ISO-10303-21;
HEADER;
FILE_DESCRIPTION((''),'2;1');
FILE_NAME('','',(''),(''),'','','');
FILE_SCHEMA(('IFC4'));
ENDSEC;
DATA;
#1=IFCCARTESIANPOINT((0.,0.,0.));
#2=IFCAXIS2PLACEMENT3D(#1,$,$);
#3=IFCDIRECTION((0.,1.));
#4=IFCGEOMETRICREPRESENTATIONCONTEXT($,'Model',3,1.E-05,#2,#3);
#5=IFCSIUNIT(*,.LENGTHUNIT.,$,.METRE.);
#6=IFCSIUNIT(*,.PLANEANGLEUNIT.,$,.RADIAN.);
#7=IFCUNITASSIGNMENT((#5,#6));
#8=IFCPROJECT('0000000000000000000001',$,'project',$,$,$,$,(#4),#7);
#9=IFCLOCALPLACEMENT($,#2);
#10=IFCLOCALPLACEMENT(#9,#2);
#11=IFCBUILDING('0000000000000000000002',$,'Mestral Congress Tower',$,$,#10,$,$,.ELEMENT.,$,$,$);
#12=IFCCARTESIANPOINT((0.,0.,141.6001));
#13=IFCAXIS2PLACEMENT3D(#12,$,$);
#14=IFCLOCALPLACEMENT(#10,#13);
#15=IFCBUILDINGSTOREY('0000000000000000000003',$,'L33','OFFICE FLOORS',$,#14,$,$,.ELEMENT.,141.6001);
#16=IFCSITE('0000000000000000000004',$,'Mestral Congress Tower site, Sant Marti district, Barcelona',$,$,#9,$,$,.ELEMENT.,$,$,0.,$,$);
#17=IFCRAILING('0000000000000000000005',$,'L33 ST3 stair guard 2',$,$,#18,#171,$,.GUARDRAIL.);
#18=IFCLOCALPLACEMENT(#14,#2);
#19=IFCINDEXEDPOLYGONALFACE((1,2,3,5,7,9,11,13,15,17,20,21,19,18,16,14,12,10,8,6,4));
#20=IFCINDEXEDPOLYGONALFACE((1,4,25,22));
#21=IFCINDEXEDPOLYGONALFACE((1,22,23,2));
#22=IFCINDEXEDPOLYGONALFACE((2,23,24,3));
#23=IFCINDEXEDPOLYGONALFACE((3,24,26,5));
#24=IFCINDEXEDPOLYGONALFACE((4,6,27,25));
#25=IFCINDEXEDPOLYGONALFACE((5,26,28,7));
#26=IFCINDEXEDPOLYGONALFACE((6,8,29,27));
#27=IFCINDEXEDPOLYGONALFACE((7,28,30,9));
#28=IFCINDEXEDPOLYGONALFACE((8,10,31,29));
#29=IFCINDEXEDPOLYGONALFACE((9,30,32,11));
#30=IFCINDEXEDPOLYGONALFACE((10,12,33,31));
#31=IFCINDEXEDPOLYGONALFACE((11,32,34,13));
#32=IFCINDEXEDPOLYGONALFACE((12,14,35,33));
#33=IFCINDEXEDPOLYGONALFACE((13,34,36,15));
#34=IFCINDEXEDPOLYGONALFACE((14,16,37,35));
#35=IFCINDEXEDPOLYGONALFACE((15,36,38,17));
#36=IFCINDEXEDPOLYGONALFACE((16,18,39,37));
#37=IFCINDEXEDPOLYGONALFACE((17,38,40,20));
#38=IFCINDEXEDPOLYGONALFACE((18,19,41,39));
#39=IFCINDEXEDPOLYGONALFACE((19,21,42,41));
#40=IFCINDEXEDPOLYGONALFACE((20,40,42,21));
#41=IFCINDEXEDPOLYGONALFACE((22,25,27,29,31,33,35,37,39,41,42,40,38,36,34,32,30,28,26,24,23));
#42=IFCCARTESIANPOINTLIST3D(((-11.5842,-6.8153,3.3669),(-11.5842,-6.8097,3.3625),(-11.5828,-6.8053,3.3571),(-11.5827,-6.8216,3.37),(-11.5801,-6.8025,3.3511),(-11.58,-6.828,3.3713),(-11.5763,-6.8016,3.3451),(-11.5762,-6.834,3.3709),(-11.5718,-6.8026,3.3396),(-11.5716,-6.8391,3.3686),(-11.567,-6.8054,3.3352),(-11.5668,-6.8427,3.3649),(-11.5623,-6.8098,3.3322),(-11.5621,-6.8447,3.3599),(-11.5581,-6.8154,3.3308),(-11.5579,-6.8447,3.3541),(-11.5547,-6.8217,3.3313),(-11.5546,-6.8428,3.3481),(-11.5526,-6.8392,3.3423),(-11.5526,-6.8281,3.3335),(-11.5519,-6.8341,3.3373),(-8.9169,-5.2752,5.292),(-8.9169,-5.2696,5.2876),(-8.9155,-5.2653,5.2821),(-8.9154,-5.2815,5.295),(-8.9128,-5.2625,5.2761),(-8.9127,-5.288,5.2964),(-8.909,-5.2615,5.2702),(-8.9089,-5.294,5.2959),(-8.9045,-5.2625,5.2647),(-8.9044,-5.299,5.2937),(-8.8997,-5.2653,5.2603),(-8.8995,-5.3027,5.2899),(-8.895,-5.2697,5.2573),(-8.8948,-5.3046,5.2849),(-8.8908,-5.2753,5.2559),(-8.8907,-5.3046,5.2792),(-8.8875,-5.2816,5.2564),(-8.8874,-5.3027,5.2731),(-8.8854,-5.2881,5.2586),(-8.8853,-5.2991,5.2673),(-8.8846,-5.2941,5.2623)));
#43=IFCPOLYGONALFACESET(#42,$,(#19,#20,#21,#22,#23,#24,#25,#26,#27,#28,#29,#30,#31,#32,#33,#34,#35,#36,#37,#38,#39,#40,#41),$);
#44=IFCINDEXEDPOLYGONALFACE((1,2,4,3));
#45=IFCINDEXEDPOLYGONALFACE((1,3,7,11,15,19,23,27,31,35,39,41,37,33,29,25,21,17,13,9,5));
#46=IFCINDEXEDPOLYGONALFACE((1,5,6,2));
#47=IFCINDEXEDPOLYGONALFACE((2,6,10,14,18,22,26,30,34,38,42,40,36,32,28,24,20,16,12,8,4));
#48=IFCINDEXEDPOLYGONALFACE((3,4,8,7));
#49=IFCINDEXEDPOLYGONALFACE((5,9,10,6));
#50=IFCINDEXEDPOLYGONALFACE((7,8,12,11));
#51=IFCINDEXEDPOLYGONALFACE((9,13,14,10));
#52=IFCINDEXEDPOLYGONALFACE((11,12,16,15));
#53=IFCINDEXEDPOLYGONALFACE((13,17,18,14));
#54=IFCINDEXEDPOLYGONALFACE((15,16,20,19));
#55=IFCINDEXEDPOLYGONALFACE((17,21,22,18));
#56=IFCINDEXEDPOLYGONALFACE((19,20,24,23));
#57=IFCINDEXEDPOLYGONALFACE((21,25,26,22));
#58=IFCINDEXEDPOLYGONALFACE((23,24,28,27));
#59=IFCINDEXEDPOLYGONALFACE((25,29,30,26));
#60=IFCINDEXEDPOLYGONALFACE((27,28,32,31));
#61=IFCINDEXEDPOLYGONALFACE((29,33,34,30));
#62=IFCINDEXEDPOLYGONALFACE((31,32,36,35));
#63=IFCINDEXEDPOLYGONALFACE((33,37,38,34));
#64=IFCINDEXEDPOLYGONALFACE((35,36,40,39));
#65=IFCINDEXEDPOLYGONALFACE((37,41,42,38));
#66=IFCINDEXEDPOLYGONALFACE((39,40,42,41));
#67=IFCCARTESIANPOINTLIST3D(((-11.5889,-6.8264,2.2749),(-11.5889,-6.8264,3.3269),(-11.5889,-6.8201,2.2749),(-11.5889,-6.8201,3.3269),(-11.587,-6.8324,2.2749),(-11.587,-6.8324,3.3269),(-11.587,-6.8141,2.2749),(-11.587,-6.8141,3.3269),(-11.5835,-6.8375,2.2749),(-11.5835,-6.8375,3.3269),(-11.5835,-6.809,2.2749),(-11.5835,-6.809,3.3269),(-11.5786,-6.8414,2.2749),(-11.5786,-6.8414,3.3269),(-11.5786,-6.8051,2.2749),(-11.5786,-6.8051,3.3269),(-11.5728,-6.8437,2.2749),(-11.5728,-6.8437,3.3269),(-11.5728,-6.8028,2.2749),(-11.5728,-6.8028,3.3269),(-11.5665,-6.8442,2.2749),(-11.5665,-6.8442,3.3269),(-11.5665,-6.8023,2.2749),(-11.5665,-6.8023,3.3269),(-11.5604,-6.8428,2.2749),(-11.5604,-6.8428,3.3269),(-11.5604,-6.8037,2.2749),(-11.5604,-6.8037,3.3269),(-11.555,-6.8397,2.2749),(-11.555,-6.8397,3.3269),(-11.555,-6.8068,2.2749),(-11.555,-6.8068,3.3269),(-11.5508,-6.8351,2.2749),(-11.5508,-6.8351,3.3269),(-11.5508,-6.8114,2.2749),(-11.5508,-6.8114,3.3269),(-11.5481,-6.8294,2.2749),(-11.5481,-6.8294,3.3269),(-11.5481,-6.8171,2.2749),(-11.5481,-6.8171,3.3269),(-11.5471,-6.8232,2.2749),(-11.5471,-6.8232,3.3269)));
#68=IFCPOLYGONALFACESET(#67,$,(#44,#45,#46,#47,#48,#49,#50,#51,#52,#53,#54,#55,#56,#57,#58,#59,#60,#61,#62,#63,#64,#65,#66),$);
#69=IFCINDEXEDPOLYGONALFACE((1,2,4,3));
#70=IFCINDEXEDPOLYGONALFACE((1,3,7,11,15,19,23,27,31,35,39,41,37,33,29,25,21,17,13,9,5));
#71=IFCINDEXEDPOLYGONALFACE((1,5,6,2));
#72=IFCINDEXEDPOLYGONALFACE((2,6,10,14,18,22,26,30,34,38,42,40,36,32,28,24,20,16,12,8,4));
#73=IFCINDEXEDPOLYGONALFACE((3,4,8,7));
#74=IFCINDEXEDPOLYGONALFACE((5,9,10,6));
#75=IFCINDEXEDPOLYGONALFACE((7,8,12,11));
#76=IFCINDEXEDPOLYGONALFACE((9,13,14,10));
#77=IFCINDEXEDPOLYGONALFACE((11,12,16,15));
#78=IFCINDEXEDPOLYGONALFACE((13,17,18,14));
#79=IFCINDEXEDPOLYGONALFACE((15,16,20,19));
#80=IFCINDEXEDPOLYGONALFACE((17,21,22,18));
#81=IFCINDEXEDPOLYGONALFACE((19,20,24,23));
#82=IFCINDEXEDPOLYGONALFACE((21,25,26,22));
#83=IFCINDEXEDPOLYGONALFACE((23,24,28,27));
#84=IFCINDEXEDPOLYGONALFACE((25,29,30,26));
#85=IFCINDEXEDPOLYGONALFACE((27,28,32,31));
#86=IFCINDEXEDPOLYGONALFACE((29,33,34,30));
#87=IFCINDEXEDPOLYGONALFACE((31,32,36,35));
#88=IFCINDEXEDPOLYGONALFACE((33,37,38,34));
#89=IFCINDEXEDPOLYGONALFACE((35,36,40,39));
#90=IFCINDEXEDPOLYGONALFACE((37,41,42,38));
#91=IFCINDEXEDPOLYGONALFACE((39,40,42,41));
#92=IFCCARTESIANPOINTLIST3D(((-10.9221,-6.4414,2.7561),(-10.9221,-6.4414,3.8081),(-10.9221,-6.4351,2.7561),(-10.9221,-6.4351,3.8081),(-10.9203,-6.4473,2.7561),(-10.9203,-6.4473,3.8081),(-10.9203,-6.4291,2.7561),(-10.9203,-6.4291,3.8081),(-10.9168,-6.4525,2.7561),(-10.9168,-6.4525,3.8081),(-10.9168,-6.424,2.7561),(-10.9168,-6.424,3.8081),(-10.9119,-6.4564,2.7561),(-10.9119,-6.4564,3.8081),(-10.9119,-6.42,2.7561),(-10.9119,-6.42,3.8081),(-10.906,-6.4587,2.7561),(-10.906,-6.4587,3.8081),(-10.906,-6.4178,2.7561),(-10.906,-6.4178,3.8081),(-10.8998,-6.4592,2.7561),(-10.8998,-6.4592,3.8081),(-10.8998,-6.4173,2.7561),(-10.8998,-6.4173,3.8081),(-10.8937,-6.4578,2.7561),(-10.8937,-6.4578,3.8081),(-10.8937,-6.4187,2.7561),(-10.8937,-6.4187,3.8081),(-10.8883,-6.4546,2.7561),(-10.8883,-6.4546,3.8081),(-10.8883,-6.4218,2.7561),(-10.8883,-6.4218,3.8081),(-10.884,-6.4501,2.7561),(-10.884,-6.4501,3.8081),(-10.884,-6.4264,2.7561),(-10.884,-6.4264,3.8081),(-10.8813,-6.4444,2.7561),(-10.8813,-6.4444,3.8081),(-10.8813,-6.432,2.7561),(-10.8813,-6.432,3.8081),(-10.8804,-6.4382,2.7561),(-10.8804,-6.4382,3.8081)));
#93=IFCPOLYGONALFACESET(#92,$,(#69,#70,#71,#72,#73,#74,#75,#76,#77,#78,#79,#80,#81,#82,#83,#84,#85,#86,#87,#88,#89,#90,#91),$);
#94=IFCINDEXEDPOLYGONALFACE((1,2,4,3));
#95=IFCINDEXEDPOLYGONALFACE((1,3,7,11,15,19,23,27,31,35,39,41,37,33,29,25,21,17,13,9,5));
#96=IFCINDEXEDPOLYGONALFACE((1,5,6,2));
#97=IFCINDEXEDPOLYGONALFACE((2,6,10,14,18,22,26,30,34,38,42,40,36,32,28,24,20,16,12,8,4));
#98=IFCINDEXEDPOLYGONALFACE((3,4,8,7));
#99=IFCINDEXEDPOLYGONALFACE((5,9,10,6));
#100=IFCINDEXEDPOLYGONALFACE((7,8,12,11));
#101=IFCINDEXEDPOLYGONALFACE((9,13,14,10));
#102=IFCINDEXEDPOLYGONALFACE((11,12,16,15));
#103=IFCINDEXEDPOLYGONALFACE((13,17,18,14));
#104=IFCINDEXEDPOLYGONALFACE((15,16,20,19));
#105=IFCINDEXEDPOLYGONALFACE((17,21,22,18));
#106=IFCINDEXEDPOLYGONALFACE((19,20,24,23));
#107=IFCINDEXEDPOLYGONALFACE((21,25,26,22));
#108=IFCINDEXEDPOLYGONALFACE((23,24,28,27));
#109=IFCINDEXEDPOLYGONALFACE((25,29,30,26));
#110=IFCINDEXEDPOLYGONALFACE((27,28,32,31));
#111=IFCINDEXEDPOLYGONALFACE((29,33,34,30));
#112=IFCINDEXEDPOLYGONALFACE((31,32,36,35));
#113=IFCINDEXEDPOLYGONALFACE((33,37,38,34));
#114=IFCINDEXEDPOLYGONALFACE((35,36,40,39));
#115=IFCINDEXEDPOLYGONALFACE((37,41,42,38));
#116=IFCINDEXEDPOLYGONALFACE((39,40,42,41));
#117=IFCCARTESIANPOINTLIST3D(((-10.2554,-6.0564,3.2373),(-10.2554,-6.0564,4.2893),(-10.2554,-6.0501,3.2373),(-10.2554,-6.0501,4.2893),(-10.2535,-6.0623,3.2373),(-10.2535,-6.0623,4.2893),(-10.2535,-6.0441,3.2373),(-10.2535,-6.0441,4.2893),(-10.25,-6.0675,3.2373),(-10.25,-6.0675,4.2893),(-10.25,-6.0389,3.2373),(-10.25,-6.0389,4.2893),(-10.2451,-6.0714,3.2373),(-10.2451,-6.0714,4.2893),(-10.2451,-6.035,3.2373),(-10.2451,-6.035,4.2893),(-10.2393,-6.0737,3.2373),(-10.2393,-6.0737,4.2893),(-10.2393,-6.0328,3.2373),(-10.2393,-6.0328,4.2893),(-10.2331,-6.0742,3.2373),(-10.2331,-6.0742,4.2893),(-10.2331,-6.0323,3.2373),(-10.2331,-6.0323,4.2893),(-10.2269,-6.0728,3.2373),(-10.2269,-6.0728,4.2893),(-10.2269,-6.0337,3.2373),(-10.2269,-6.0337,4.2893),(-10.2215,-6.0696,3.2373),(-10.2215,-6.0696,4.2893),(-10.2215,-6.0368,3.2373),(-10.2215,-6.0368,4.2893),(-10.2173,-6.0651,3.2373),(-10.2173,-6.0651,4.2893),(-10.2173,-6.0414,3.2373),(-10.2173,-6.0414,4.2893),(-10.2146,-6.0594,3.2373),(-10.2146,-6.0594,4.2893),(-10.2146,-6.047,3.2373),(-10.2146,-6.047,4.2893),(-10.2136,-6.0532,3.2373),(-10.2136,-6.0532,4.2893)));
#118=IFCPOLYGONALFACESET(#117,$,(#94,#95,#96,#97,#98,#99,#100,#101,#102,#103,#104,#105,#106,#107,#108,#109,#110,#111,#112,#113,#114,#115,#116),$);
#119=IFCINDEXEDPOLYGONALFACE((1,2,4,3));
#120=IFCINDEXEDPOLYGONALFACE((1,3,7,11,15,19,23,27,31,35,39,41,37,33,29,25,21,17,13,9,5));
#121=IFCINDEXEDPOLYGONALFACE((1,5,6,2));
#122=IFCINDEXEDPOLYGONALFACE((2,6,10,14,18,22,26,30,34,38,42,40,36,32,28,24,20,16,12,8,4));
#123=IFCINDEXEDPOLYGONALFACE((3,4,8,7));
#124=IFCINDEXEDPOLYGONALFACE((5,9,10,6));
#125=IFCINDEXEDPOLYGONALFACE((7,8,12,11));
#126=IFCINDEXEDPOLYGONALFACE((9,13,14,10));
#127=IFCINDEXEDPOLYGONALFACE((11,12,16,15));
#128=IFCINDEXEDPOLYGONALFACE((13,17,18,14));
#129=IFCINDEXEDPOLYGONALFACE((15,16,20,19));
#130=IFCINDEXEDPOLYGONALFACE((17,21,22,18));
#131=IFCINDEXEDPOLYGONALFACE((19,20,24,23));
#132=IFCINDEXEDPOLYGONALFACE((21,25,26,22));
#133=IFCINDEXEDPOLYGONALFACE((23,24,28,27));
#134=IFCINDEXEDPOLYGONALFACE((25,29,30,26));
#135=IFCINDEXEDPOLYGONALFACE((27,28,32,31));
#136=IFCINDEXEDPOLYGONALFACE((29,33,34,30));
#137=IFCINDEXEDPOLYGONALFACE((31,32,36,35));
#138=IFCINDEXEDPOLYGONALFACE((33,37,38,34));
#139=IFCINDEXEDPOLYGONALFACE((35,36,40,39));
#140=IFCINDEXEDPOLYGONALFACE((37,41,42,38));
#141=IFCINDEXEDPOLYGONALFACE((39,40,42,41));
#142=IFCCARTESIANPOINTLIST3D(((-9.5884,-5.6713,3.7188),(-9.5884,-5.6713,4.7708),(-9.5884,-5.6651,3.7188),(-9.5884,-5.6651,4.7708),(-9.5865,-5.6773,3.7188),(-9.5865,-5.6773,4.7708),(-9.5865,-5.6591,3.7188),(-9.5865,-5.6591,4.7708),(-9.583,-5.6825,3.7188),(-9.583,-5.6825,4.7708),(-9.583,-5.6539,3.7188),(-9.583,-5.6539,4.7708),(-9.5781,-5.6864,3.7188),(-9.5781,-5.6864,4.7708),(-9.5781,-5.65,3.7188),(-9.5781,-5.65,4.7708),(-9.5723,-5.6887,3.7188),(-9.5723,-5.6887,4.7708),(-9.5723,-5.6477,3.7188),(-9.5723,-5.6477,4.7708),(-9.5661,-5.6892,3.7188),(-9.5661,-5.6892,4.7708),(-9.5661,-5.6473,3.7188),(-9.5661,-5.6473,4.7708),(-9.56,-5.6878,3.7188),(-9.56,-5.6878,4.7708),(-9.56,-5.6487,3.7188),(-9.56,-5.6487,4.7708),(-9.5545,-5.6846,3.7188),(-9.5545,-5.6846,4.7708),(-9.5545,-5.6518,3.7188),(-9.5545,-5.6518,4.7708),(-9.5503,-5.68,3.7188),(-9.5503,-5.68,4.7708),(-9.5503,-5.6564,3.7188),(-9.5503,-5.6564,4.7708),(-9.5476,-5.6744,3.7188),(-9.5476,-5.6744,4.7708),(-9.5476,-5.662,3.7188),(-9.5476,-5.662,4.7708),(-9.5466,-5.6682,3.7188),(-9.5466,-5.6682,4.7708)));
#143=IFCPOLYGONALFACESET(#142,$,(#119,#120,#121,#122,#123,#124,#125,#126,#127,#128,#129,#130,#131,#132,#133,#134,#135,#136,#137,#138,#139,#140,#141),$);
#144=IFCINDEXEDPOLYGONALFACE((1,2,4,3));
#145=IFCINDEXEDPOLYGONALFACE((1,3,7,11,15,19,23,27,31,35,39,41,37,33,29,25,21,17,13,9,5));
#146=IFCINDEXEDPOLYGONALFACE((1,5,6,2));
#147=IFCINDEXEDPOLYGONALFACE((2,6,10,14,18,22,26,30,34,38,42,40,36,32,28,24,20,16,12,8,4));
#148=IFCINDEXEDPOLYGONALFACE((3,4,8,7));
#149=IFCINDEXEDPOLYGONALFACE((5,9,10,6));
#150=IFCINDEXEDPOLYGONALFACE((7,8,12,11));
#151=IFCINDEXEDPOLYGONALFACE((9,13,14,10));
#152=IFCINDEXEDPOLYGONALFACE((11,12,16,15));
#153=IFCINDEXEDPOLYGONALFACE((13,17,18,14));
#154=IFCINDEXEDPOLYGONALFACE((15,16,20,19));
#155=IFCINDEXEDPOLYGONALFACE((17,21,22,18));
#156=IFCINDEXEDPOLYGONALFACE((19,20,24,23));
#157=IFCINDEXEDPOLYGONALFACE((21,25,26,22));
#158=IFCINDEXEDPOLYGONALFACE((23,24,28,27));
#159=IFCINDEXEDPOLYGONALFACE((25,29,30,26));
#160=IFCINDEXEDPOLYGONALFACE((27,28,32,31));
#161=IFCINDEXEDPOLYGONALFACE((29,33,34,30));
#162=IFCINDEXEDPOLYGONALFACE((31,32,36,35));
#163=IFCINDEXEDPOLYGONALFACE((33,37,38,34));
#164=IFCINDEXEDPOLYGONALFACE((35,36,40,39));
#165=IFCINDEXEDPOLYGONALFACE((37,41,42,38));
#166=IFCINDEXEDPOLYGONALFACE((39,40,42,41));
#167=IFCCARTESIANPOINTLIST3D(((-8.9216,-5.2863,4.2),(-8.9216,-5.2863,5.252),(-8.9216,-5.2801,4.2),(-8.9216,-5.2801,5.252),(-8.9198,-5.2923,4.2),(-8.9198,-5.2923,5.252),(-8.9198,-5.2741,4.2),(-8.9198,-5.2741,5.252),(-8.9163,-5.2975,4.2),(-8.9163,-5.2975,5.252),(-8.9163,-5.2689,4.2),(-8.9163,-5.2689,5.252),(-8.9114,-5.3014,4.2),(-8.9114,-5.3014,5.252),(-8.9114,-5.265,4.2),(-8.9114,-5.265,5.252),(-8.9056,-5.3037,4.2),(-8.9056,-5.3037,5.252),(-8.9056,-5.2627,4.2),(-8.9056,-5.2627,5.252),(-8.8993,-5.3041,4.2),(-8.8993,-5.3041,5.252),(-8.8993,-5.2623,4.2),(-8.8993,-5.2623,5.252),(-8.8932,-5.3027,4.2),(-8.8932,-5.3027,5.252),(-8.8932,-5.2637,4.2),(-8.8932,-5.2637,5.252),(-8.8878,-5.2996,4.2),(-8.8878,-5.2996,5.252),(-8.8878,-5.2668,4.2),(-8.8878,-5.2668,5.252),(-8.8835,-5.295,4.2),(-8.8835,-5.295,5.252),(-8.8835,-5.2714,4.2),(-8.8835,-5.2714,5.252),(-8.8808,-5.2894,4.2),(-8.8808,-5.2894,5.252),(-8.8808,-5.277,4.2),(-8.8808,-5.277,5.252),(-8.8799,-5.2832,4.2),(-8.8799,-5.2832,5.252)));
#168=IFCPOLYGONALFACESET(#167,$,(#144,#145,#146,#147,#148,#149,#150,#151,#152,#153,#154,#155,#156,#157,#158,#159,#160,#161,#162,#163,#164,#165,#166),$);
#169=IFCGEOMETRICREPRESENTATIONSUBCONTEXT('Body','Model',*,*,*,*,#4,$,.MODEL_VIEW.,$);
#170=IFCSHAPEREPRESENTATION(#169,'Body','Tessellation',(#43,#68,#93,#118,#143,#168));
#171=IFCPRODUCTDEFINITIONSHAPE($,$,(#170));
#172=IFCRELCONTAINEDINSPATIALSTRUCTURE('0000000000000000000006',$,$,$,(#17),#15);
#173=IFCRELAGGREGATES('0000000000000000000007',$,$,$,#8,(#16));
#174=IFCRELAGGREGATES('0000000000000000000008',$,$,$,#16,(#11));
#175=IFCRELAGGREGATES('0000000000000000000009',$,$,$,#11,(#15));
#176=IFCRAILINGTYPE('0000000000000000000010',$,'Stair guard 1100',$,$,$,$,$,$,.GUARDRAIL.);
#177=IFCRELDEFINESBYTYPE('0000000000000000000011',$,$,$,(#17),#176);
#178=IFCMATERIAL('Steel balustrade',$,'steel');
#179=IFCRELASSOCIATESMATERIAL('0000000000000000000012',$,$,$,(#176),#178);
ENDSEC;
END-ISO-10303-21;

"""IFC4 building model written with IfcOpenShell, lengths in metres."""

from ifc_helpers import new_model, si_unit, direction, frame, origin, origin_2d, place, context, subcontext, project, spatial, circle, extrude, material, type_object, element, save


model = new_model("IFC4")

# Units and contexts
model_context = context("Model", 3, precision=1e-05, world=origin(), true_north=direction((0.0, 1.0)))
body_context = subcontext(model_context, "Body", "Model", "MODEL_VIEW")
ifc_project = project(units=[si_unit("LENGTHUNIT", "METRE"), si_unit("PLANEANGLEUNIT", "RADIAN")], contexts=[model_context])

# Site, building, storey
site_placement = place(None, origin())
site = spatial("IfcSite", under=ifc_project, at=site_placement, Name="Mestral Congress Tower site, Sant Marti district, Barcelona", CompositionType="ELEMENT", RefElevation=0.0)
building_placement = place(site_placement, origin())
building = spatial("IfcBuilding", under=site, at=building_placement, Name="Mestral Congress Tower", CompositionType="ELEMENT")
storey_placement = place(building_placement, frame((0.0, 0.0, 141.6001)))
storey = spatial("IfcBuildingStorey", under=building, at=storey_placement, Name="L33", Description="OFFICE FLOORS", CompositionType="ELEMENT", Elevation=141.6001)

# Railing
ifc_material_1 = material(Name="Steel balustrade", Category="steel")
railing_type_1 = type_object("IfcRailingType", Name="Stair guard 1100", PredefinedType="GUARDRAIL", material=ifc_material_1)
railing_1_placement = place(storey_placement, frame((-11.5681, -6.8232, 2.2749)))
element("IfcRailing", 1, at=railing_1_placement, inside=storey, type_object=railing_type_1, Name="L33 ST3 stair guard 2", PredefinedType="GUARDRAIL", context=body_context, shape_type="SweptSolid", body=[
    extrude(circle(Radius=0.0239, at=origin_2d()), frame((0.0, 0.0, 1.0762), z_axis=(0.734364, 0.424015, 0.530019), x_axis=(-0.500027, 0.86601, 0.0)), (0.0, 0.0, 1.0), 3.6321),
    extrude(circle(Radius=0.021, at=origin_2d()), origin(), (0.0, 0.0, 1.0), 1.052),
    extrude(circle(Radius=0.021, at=origin_2d()), frame((0.6667, 0.385, 0.4812)), (0.0, 0.0, 1.0), 1.052),
    extrude(circle(Radius=0.021, at=origin_2d()), frame((1.3335, 0.77, 0.9624)), (0.0, 0.0, 1.0), 1.052),
    extrude(circle(Radius=0.021, at=origin_2d()), frame((2.0005, 1.155, 1.4438)), (0.0, 0.0, 1.0), 1.052),
    extrude(circle(Radius=0.021, at=origin_2d()), frame((2.6672, 1.54, 1.925)), (0.0, 0.0, 1.0), 1.052),
])

save(model, "model.ifc")
